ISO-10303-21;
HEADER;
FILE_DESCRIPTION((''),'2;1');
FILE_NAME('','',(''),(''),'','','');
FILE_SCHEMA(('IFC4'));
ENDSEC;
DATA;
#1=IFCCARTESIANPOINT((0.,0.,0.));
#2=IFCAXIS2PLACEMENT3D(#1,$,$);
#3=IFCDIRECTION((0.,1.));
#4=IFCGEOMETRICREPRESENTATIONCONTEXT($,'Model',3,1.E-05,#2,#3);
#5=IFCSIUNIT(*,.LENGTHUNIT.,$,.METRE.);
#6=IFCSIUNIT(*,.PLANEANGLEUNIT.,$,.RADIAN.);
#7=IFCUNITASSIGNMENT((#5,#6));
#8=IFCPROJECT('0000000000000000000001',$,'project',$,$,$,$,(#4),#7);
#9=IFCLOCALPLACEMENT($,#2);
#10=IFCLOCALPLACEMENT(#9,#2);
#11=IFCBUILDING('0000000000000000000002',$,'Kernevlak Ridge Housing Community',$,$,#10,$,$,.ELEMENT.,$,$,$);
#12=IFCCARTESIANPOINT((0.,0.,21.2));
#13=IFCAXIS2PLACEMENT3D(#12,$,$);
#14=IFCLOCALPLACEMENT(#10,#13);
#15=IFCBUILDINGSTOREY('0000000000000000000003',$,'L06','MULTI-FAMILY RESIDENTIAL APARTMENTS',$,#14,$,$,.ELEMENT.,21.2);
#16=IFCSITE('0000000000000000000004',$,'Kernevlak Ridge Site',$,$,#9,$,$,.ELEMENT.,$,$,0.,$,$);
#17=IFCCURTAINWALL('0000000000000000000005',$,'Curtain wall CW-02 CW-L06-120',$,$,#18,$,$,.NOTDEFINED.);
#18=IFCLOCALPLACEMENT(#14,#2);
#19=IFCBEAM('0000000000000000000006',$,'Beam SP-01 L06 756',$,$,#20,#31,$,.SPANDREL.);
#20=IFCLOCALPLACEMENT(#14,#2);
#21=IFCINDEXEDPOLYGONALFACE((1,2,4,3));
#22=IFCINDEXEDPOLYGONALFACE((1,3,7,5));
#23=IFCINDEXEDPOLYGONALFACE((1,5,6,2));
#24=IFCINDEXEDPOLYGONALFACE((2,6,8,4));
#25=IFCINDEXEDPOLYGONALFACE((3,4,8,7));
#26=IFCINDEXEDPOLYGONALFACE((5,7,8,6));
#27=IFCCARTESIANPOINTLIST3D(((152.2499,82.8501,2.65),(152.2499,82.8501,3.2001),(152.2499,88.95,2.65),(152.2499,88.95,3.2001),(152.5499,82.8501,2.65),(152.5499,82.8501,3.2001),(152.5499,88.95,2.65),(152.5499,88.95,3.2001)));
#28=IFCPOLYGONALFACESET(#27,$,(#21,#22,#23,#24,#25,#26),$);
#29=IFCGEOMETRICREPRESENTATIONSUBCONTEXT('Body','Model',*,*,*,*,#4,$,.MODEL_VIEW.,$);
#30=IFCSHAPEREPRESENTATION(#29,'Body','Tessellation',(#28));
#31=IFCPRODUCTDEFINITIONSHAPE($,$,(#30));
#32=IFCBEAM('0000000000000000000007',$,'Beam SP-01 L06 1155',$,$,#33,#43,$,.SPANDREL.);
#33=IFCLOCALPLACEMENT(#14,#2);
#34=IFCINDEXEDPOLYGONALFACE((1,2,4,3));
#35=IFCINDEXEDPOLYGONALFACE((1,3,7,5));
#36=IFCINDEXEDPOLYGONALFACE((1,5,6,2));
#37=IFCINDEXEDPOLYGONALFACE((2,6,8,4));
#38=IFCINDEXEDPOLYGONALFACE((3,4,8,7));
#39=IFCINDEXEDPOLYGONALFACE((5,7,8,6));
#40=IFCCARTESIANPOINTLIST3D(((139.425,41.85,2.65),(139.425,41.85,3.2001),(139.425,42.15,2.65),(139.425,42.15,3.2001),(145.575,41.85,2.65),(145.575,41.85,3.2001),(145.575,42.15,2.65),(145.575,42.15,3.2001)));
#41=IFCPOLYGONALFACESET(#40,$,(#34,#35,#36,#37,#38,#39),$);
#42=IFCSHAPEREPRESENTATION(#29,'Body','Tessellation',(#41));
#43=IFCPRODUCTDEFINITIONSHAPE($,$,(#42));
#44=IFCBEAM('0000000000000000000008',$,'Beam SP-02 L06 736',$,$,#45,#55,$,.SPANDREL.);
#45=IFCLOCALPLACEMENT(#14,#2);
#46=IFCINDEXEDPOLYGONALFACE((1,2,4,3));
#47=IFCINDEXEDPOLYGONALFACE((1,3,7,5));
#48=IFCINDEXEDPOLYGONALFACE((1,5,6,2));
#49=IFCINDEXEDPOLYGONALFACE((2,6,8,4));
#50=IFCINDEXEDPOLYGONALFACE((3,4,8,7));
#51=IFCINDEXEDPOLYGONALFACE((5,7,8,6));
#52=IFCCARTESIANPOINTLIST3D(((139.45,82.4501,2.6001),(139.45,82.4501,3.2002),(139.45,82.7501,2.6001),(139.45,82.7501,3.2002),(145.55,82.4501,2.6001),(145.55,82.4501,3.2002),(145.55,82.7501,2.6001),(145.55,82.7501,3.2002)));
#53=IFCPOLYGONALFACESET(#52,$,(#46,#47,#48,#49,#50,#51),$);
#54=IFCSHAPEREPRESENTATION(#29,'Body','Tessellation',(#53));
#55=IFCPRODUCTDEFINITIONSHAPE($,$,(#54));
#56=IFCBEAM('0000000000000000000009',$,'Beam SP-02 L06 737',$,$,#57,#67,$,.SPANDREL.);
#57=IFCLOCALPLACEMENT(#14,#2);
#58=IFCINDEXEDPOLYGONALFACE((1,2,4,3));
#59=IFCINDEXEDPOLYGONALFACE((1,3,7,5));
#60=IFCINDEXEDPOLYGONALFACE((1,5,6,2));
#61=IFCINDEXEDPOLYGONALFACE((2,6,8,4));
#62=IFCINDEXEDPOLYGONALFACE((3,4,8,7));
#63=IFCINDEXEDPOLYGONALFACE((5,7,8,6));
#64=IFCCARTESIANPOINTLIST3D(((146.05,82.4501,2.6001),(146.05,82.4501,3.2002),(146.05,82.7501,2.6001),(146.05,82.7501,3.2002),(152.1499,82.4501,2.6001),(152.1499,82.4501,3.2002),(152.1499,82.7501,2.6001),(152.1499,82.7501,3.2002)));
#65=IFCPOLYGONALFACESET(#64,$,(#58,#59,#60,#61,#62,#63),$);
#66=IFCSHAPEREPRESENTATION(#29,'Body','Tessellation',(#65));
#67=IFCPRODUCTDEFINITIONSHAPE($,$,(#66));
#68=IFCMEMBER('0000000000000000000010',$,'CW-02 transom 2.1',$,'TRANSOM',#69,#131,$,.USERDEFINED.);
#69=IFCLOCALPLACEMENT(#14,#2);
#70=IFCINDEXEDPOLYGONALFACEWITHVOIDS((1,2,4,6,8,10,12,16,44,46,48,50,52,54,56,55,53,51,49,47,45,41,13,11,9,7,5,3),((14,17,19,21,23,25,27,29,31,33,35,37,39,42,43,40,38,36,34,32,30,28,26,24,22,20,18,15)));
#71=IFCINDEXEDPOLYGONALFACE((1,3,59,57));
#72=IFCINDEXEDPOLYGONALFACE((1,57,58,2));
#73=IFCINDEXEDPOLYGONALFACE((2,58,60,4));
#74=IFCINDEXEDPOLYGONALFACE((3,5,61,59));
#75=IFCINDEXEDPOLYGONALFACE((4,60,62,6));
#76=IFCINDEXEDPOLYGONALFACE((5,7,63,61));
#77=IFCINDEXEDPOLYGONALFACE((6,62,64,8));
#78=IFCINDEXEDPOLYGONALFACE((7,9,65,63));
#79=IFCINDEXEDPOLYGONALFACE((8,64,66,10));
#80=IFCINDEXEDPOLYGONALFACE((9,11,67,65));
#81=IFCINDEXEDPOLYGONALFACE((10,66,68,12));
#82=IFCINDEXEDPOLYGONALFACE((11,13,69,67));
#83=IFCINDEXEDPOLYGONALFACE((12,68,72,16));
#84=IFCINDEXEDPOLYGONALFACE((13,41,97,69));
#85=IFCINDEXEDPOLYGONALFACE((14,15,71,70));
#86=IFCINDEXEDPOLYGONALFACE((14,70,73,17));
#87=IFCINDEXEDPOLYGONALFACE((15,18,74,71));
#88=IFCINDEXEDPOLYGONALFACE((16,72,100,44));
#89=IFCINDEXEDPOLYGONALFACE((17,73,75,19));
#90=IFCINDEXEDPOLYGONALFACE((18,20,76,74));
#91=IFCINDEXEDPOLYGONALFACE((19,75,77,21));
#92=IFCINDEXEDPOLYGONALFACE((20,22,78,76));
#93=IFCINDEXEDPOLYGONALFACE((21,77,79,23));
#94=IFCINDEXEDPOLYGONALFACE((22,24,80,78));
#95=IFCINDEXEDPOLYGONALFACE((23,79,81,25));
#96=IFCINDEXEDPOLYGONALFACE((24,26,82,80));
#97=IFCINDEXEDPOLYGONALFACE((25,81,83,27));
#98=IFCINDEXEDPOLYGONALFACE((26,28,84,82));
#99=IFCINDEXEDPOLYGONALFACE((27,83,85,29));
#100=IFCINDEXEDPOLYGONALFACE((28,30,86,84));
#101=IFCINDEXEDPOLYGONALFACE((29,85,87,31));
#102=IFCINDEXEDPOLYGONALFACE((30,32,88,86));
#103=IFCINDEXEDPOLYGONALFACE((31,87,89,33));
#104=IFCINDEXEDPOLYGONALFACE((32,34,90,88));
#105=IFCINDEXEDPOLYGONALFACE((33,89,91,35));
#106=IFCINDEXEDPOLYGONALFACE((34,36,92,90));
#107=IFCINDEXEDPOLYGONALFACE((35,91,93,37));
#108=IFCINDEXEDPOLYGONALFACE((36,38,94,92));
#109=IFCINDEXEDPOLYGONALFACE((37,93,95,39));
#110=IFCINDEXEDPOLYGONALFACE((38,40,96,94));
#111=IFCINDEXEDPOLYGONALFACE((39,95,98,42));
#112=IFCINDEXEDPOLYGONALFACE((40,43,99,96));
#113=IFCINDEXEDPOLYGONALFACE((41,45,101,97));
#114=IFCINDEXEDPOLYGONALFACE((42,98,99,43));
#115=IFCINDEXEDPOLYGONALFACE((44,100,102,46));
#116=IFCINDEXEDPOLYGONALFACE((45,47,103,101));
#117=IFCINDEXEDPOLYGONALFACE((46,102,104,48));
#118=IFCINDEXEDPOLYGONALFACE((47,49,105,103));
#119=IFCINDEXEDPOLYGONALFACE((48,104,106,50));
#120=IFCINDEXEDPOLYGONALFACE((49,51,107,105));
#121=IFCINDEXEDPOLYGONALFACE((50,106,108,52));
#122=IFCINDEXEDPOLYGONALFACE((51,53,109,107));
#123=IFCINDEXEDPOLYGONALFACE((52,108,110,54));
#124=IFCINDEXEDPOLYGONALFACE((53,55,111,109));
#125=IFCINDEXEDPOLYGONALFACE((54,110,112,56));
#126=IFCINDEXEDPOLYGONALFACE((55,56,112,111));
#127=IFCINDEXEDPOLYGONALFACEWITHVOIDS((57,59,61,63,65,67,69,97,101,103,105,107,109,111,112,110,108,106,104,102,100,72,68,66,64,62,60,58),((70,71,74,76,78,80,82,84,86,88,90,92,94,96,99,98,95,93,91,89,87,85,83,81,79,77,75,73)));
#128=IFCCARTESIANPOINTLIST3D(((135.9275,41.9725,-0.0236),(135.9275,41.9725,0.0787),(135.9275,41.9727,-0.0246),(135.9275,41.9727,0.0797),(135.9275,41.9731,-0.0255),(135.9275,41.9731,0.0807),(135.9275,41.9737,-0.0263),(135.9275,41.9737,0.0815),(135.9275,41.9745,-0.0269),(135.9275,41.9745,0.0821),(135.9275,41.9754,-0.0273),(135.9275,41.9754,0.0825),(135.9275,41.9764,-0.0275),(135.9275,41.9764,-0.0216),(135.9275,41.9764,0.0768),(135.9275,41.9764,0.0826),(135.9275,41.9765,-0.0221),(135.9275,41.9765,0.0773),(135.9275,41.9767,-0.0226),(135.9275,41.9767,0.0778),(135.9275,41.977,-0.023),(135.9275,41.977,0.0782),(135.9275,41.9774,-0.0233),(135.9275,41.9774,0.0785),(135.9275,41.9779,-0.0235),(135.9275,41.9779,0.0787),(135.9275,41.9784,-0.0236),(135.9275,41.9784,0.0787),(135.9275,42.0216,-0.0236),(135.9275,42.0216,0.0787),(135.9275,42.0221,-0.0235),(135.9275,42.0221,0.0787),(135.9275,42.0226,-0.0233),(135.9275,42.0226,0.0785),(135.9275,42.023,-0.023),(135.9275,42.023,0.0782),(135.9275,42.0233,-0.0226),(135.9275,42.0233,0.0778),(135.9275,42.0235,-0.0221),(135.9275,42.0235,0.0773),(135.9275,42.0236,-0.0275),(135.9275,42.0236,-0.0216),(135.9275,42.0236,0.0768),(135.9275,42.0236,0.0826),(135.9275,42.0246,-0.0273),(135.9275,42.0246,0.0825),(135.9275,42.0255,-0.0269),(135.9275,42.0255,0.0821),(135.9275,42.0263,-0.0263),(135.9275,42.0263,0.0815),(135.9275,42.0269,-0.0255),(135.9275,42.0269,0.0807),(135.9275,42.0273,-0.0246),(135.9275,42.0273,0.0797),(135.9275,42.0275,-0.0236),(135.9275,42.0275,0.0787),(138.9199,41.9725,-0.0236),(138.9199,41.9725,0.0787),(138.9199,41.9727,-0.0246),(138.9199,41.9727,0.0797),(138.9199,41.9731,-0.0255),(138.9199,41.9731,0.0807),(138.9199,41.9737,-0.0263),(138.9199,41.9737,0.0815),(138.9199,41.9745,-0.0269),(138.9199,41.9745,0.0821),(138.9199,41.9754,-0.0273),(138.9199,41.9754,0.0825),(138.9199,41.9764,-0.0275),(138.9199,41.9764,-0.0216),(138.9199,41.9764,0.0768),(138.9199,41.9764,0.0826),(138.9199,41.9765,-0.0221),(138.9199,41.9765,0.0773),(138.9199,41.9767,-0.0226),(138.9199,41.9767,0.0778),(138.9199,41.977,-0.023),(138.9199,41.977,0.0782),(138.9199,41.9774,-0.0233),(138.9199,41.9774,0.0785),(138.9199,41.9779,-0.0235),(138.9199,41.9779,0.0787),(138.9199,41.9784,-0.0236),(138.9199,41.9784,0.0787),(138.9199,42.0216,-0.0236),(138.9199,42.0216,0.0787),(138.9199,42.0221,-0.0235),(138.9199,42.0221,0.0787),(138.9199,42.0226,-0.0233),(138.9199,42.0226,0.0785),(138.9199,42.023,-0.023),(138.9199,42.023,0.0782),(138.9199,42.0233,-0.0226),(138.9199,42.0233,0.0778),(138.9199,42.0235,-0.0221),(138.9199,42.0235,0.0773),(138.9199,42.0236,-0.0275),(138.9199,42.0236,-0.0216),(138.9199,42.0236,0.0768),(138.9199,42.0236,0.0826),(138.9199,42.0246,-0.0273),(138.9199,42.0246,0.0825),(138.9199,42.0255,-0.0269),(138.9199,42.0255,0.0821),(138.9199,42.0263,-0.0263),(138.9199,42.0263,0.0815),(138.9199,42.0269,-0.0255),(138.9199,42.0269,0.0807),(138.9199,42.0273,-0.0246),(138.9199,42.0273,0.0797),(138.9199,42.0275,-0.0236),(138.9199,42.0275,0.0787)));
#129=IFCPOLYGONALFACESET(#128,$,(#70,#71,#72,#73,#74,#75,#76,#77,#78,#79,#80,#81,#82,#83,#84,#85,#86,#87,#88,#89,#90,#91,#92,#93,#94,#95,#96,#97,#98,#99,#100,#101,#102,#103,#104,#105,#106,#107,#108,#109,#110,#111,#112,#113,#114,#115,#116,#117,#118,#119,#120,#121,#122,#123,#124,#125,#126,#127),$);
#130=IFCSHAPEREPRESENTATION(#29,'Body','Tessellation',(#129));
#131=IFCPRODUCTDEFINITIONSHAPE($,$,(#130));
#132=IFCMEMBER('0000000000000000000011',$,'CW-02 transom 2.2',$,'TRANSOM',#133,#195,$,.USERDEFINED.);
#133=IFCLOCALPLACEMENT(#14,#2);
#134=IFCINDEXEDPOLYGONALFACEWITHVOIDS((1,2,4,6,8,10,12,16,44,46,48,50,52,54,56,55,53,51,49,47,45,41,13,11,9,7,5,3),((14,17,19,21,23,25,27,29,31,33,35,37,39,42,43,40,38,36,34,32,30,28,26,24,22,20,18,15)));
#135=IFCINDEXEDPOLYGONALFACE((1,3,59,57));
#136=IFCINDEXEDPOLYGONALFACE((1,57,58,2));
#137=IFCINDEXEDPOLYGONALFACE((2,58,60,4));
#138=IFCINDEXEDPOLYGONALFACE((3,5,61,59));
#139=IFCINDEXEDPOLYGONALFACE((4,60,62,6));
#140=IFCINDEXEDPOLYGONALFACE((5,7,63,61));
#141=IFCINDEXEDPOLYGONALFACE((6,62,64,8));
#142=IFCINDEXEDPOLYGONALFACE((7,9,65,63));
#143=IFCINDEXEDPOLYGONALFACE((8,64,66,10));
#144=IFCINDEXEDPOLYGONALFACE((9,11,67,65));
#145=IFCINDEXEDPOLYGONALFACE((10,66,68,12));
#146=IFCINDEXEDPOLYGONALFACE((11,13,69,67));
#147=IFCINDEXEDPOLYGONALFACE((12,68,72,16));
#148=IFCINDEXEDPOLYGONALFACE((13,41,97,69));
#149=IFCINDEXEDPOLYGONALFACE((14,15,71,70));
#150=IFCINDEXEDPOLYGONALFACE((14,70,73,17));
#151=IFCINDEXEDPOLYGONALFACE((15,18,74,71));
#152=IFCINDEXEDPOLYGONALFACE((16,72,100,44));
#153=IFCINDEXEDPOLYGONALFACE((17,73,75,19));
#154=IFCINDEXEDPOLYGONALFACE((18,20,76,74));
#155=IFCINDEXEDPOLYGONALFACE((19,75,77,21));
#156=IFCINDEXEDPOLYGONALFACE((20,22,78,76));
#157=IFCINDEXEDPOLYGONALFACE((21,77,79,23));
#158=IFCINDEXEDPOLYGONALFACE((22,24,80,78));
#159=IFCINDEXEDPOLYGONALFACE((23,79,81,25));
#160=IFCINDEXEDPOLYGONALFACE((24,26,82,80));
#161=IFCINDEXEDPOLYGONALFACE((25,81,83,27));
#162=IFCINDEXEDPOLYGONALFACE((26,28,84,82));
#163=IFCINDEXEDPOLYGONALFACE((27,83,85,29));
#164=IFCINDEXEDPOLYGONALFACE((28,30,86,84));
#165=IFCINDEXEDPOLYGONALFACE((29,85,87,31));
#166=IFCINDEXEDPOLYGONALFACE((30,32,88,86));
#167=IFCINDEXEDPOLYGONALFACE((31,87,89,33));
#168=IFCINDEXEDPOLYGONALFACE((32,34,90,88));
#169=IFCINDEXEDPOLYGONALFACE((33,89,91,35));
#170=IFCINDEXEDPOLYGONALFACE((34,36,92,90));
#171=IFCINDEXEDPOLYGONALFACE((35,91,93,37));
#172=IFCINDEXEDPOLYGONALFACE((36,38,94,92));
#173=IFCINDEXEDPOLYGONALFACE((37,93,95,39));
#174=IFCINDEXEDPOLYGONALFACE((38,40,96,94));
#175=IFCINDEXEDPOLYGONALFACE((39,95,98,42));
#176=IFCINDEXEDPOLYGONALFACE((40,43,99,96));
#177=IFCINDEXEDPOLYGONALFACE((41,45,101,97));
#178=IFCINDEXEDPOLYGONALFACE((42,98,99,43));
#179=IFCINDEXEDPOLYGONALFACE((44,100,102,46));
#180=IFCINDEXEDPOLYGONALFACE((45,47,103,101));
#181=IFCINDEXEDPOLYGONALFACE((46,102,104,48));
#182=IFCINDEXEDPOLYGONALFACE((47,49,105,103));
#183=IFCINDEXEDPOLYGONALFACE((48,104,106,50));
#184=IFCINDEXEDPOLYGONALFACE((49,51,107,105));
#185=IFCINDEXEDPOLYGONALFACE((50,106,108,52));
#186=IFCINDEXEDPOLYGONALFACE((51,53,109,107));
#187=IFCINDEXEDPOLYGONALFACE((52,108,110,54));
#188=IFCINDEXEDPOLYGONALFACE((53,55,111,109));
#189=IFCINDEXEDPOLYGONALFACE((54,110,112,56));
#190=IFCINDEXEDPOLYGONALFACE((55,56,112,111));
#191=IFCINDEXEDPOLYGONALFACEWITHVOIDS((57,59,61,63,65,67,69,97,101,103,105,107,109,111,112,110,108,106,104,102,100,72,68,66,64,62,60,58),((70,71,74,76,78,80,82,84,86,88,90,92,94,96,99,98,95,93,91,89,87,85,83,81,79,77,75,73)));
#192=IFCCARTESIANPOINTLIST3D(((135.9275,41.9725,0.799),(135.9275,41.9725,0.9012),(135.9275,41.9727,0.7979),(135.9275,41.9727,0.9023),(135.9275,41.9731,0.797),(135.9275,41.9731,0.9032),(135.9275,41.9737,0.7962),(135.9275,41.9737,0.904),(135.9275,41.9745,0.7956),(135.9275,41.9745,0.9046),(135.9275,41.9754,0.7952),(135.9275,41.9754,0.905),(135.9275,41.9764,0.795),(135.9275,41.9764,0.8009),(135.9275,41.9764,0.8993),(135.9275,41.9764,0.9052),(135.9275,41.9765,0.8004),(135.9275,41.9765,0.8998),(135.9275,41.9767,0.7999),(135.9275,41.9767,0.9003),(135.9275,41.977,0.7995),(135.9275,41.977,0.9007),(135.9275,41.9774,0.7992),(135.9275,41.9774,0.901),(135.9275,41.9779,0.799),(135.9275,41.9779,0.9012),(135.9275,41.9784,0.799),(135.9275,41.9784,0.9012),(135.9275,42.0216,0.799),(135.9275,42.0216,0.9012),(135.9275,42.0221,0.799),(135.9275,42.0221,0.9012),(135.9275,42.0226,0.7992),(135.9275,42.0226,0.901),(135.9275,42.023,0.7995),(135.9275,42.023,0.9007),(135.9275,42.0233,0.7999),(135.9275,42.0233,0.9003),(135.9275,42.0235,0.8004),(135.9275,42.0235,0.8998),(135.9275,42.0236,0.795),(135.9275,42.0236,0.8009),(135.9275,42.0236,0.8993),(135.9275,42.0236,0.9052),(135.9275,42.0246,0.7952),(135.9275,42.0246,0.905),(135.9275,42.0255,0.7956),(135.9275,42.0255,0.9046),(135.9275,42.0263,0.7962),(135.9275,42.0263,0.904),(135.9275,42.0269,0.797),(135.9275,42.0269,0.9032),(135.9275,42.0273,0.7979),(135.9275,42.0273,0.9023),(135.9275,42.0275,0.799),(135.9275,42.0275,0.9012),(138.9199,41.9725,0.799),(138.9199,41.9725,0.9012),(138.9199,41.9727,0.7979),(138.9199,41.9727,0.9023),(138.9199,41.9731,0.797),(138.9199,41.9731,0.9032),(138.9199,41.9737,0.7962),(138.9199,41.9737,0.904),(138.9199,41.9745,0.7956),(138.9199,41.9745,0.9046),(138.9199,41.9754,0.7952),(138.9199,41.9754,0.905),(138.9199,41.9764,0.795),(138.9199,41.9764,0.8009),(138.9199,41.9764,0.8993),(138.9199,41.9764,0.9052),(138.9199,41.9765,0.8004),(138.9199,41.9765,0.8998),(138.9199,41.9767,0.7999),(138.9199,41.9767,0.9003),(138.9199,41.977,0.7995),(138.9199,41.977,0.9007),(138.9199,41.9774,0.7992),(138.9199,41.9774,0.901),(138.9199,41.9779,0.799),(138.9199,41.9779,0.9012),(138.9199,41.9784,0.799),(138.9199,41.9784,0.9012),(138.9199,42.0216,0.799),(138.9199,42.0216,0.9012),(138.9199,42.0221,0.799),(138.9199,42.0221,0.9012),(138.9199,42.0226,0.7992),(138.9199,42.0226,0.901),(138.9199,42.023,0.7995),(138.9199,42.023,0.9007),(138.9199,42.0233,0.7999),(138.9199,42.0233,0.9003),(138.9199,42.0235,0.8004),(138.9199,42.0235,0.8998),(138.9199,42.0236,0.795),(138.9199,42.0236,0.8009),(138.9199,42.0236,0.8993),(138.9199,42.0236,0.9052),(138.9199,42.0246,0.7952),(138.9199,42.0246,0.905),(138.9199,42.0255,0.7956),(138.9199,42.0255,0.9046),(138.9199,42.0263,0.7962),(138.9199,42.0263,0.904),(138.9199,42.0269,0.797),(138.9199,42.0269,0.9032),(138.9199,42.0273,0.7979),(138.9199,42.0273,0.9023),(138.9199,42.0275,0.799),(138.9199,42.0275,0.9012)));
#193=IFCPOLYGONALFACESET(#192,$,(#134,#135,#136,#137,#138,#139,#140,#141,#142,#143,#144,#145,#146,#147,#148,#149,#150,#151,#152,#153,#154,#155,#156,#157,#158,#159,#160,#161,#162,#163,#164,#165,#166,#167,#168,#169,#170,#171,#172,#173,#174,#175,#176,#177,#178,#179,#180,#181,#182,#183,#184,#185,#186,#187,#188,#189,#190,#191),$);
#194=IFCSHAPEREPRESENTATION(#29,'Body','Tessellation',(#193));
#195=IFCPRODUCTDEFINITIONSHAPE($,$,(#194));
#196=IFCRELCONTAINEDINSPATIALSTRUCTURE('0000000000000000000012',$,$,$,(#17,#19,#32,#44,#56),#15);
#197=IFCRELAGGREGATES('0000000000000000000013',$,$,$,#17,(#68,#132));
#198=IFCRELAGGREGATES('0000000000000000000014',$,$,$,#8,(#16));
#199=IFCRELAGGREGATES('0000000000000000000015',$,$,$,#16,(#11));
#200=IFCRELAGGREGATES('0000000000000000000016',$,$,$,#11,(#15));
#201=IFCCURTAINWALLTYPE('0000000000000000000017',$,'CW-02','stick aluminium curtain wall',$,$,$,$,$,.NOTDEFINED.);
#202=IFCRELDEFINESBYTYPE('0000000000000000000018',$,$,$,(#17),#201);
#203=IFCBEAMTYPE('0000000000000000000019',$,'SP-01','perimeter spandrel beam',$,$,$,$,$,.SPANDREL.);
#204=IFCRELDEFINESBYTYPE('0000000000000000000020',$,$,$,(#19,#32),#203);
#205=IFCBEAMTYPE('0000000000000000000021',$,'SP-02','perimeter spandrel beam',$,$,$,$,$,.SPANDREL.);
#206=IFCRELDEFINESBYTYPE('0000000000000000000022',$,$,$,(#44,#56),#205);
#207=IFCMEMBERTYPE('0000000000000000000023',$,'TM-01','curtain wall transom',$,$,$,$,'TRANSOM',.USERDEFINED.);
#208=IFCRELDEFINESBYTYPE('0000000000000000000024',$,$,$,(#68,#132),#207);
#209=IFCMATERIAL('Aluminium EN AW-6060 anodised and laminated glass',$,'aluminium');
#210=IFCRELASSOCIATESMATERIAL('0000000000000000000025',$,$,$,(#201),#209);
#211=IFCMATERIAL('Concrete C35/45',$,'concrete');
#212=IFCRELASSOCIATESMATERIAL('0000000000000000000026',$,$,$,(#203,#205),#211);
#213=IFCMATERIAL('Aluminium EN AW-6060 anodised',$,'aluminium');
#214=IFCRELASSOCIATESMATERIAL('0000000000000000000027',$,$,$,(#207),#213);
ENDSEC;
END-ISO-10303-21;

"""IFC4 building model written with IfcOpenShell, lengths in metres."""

from ifc_helpers import new_model, si_unit, direction, frame, origin, origin_2d, place, context, subcontext, project, spatial, rectangle, hollow_rectangle, extrude, material, material_profile, profile_set, type_object, element, aggregate, save


model = new_model("IFC4")

# Units and contexts
model_context = context("Model", 3, precision=1e-05, world=origin(), true_north=direction((0.0, 1.0)))
body_context = subcontext(model_context, "Body", "Model", "MODEL_VIEW")
ifc_project = project(units=[si_unit("LENGTHUNIT", "METRE"), si_unit("PLANEANGLEUNIT", "RADIAN")], contexts=[model_context])

# Site, building, storey
site_placement = place(None, origin())
site = spatial("IfcSite", under=ifc_project, at=site_placement, Name="Kernevlak Ridge Site", CompositionType="ELEMENT", RefElevation=0.0)
building_placement = place(site_placement, origin())
building = spatial("IfcBuilding", under=site, at=building_placement, Name="Kernevlak Ridge Housing Community", CompositionType="ELEMENT")
storey_placement = place(building_placement, frame((0.0, 0.0, 21.2)))
storey = spatial("IfcBuildingStorey", under=building, at=storey_placement, Name="L06", Description="MULTI-FAMILY RESIDENTIAL APARTMENTS", CompositionType="ELEMENT", Elevation=21.2)

# Shared definitions
ifc_material_1 = material(Name="Concrete C35/45", Category="concrete")

# Curtain wall
ifc_material_2 = material(Name="Aluminium EN AW-6060 anodised and laminated glass", Category="aluminium")
curtain_wall_type = type_object("IfcCurtainWallType", Name="CW-02", Description="stick aluminium curtain wall", PredefinedType="NOTDEFINED", material=ifc_material_2)
curtain_wall_placement = place(storey_placement, origin())
curtain_wall = element("IfcCurtainWall", 1, at=curtain_wall_placement, inside=storey, type_object=curtain_wall_type, Name="Curtain wall CW-02 CW-L06-120", PredefinedType="NOTDEFINED")
ifc_material_3 = material(Name="Aluminium EN AW-6060 anodised", Category="aluminium")

# Beams
ifc_material_profile_1 = material_profile(ifc_material_1, rectangle(XDim=0.3, YDim=0.55, at=origin_2d()), Name="RC 300x550")
ifc_profile_set_1 = profile_set([ifc_material_profile_1], Name="Concrete C35/45")
beam_type_1 = type_object("IfcBeamType", Name="SP-01", Description="perimeter spandrel beam", PredefinedType="SPANDREL", material=ifc_profile_set_1)
beam_1_placement = place(storey_placement, frame((152.3999, 82.8501, 2.925), z_axis=(0.0, 1.0, 0.0), x_axis=(-1.0, 0.0, 0.0)))
element("IfcBeam", 2, at=beam_1_placement, inside=storey, type_object=beam_type_1, Name="Beam SP-01 L06 756", PredefinedType="SPANDREL", context=body_context, shape_type="SweptSolid", body=[
    extrude(rectangle(XDim=0.3, YDim=0.55, at=origin_2d()), origin(), (0.0, 0.0, 1.0), 6.0999),
])
beam_2_placement = place(storey_placement, frame((139.425, 42.0, 2.925), z_axis=(1.0, 0.0, 0.0), x_axis=(0.0, 1.0, 0.0)))
element("IfcBeam", 3, at=beam_2_placement, inside=storey, type_object=beam_type_1, Name="Beam SP-01 L06 1155", PredefinedType="SPANDREL", context=body_context, shape_type="SweptSolid", body=[
    extrude(rectangle(XDim=0.3, YDim=0.55, at=origin_2d()), origin(), (0.0, 0.0, 1.0), 6.1499),
])
ifc_material_profile_2 = material_profile(ifc_material_1, rectangle(XDim=0.3, YDim=0.6001, at=origin_2d()), Name="RC 300x600")
ifc_profile_set_2 = profile_set([ifc_material_profile_2], Name="Concrete C35/45")
beam_type_2 = type_object("IfcBeamType", Name="SP-02", Description="perimeter spandrel beam", PredefinedType="SPANDREL", material=ifc_profile_set_2)
beam_3_placement = place(storey_placement, frame((139.45, 82.6001, 2.9001), z_axis=(1.0, 0.0, 0.0), x_axis=(0.0, 1.0, 0.0)))
element("IfcBeam", 4, at=beam_3_placement, inside=storey, type_object=beam_type_2, Name="Beam SP-02 L06 736", PredefinedType="SPANDREL", context=body_context, shape_type="SweptSolid", body=[
    extrude(rectangle(XDim=0.3, YDim=0.6001, at=origin_2d()), origin(), (0.0, 0.0, 1.0), 6.1001),
])
beam_4_placement = place(storey_placement, frame((146.05, 82.6001, 2.9001), z_axis=(1.0, 0.0, 0.0), x_axis=(0.0, 1.0, 0.0)))
element("IfcBeam", 5, at=beam_4_placement, inside=storey, type_object=beam_type_2, Name="Beam SP-02 L06 737", PredefinedType="SPANDREL", context=body_context, shape_type="SweptSolid", body=[
    extrude(rectangle(XDim=0.3, YDim=0.6001, at=origin_2d()), origin(), (0.0, 0.0, 1.0), 6.0999),
])

# Members
ifc_material_profile_3 = material_profile(ifc_material_3, hollow_rectangle(XDim=0.0549, YDim=0.1101, WallThickness=0.0039, InnerFilletRadius=0.002, OuterFilletRadius=0.0039, at=origin_2d()), Name="ALU 55x110x4")
ifc_profile_set_3 = profile_set([ifc_material_profile_3], Name="Aluminium EN AW-6060 anodised")
member_type_1 = type_object("IfcMemberType", Name="TM-01", Description="curtain wall transom", ElementType="TRANSOM", PredefinedType="USERDEFINED", material=ifc_profile_set_3)
member_1_placement = place(storey_placement, frame((135.9275, 42.0, 0.0276), z_axis=(1.0, 0.0, 0.0), x_axis=(0.0, 1.0, 0.0)))
member_1 = element("IfcMember", 6, at=member_1_placement, type_object=member_type_1, Name="CW-02 transom 2.1", ObjectType="TRANSOM", PredefinedType="USERDEFINED", context=body_context, shape_type="SweptSolid", body=[
    extrude(hollow_rectangle(XDim=0.0549, YDim=0.1101, WallThickness=0.0039, InnerFilletRadius=0.002, OuterFilletRadius=0.0039, at=origin_2d()), origin(), (0.0, 0.0, 1.0), 2.9924),
])
member_2_placement = place(storey_placement, frame((135.9275, 42.0, 0.8501), z_axis=(1.0, 0.0, 0.0), x_axis=(0.0, 1.0, 0.0)))
member_2 = element("IfcMember", 7, at=member_2_placement, type_object=member_type_1, Name="CW-02 transom 2.2", ObjectType="TRANSOM", PredefinedType="USERDEFINED", context=body_context, shape_type="SweptSolid", body=[
    extrude(hollow_rectangle(XDim=0.0549, YDim=0.1101, WallThickness=0.0039, InnerFilletRadius=0.002, OuterFilletRadius=0.0039, at=origin_2d()), origin(), (0.0, 0.0, 1.0), 2.9924),
])

aggregate(curtain_wall, [member_1, member_2])

save(model, "model.ifc")
